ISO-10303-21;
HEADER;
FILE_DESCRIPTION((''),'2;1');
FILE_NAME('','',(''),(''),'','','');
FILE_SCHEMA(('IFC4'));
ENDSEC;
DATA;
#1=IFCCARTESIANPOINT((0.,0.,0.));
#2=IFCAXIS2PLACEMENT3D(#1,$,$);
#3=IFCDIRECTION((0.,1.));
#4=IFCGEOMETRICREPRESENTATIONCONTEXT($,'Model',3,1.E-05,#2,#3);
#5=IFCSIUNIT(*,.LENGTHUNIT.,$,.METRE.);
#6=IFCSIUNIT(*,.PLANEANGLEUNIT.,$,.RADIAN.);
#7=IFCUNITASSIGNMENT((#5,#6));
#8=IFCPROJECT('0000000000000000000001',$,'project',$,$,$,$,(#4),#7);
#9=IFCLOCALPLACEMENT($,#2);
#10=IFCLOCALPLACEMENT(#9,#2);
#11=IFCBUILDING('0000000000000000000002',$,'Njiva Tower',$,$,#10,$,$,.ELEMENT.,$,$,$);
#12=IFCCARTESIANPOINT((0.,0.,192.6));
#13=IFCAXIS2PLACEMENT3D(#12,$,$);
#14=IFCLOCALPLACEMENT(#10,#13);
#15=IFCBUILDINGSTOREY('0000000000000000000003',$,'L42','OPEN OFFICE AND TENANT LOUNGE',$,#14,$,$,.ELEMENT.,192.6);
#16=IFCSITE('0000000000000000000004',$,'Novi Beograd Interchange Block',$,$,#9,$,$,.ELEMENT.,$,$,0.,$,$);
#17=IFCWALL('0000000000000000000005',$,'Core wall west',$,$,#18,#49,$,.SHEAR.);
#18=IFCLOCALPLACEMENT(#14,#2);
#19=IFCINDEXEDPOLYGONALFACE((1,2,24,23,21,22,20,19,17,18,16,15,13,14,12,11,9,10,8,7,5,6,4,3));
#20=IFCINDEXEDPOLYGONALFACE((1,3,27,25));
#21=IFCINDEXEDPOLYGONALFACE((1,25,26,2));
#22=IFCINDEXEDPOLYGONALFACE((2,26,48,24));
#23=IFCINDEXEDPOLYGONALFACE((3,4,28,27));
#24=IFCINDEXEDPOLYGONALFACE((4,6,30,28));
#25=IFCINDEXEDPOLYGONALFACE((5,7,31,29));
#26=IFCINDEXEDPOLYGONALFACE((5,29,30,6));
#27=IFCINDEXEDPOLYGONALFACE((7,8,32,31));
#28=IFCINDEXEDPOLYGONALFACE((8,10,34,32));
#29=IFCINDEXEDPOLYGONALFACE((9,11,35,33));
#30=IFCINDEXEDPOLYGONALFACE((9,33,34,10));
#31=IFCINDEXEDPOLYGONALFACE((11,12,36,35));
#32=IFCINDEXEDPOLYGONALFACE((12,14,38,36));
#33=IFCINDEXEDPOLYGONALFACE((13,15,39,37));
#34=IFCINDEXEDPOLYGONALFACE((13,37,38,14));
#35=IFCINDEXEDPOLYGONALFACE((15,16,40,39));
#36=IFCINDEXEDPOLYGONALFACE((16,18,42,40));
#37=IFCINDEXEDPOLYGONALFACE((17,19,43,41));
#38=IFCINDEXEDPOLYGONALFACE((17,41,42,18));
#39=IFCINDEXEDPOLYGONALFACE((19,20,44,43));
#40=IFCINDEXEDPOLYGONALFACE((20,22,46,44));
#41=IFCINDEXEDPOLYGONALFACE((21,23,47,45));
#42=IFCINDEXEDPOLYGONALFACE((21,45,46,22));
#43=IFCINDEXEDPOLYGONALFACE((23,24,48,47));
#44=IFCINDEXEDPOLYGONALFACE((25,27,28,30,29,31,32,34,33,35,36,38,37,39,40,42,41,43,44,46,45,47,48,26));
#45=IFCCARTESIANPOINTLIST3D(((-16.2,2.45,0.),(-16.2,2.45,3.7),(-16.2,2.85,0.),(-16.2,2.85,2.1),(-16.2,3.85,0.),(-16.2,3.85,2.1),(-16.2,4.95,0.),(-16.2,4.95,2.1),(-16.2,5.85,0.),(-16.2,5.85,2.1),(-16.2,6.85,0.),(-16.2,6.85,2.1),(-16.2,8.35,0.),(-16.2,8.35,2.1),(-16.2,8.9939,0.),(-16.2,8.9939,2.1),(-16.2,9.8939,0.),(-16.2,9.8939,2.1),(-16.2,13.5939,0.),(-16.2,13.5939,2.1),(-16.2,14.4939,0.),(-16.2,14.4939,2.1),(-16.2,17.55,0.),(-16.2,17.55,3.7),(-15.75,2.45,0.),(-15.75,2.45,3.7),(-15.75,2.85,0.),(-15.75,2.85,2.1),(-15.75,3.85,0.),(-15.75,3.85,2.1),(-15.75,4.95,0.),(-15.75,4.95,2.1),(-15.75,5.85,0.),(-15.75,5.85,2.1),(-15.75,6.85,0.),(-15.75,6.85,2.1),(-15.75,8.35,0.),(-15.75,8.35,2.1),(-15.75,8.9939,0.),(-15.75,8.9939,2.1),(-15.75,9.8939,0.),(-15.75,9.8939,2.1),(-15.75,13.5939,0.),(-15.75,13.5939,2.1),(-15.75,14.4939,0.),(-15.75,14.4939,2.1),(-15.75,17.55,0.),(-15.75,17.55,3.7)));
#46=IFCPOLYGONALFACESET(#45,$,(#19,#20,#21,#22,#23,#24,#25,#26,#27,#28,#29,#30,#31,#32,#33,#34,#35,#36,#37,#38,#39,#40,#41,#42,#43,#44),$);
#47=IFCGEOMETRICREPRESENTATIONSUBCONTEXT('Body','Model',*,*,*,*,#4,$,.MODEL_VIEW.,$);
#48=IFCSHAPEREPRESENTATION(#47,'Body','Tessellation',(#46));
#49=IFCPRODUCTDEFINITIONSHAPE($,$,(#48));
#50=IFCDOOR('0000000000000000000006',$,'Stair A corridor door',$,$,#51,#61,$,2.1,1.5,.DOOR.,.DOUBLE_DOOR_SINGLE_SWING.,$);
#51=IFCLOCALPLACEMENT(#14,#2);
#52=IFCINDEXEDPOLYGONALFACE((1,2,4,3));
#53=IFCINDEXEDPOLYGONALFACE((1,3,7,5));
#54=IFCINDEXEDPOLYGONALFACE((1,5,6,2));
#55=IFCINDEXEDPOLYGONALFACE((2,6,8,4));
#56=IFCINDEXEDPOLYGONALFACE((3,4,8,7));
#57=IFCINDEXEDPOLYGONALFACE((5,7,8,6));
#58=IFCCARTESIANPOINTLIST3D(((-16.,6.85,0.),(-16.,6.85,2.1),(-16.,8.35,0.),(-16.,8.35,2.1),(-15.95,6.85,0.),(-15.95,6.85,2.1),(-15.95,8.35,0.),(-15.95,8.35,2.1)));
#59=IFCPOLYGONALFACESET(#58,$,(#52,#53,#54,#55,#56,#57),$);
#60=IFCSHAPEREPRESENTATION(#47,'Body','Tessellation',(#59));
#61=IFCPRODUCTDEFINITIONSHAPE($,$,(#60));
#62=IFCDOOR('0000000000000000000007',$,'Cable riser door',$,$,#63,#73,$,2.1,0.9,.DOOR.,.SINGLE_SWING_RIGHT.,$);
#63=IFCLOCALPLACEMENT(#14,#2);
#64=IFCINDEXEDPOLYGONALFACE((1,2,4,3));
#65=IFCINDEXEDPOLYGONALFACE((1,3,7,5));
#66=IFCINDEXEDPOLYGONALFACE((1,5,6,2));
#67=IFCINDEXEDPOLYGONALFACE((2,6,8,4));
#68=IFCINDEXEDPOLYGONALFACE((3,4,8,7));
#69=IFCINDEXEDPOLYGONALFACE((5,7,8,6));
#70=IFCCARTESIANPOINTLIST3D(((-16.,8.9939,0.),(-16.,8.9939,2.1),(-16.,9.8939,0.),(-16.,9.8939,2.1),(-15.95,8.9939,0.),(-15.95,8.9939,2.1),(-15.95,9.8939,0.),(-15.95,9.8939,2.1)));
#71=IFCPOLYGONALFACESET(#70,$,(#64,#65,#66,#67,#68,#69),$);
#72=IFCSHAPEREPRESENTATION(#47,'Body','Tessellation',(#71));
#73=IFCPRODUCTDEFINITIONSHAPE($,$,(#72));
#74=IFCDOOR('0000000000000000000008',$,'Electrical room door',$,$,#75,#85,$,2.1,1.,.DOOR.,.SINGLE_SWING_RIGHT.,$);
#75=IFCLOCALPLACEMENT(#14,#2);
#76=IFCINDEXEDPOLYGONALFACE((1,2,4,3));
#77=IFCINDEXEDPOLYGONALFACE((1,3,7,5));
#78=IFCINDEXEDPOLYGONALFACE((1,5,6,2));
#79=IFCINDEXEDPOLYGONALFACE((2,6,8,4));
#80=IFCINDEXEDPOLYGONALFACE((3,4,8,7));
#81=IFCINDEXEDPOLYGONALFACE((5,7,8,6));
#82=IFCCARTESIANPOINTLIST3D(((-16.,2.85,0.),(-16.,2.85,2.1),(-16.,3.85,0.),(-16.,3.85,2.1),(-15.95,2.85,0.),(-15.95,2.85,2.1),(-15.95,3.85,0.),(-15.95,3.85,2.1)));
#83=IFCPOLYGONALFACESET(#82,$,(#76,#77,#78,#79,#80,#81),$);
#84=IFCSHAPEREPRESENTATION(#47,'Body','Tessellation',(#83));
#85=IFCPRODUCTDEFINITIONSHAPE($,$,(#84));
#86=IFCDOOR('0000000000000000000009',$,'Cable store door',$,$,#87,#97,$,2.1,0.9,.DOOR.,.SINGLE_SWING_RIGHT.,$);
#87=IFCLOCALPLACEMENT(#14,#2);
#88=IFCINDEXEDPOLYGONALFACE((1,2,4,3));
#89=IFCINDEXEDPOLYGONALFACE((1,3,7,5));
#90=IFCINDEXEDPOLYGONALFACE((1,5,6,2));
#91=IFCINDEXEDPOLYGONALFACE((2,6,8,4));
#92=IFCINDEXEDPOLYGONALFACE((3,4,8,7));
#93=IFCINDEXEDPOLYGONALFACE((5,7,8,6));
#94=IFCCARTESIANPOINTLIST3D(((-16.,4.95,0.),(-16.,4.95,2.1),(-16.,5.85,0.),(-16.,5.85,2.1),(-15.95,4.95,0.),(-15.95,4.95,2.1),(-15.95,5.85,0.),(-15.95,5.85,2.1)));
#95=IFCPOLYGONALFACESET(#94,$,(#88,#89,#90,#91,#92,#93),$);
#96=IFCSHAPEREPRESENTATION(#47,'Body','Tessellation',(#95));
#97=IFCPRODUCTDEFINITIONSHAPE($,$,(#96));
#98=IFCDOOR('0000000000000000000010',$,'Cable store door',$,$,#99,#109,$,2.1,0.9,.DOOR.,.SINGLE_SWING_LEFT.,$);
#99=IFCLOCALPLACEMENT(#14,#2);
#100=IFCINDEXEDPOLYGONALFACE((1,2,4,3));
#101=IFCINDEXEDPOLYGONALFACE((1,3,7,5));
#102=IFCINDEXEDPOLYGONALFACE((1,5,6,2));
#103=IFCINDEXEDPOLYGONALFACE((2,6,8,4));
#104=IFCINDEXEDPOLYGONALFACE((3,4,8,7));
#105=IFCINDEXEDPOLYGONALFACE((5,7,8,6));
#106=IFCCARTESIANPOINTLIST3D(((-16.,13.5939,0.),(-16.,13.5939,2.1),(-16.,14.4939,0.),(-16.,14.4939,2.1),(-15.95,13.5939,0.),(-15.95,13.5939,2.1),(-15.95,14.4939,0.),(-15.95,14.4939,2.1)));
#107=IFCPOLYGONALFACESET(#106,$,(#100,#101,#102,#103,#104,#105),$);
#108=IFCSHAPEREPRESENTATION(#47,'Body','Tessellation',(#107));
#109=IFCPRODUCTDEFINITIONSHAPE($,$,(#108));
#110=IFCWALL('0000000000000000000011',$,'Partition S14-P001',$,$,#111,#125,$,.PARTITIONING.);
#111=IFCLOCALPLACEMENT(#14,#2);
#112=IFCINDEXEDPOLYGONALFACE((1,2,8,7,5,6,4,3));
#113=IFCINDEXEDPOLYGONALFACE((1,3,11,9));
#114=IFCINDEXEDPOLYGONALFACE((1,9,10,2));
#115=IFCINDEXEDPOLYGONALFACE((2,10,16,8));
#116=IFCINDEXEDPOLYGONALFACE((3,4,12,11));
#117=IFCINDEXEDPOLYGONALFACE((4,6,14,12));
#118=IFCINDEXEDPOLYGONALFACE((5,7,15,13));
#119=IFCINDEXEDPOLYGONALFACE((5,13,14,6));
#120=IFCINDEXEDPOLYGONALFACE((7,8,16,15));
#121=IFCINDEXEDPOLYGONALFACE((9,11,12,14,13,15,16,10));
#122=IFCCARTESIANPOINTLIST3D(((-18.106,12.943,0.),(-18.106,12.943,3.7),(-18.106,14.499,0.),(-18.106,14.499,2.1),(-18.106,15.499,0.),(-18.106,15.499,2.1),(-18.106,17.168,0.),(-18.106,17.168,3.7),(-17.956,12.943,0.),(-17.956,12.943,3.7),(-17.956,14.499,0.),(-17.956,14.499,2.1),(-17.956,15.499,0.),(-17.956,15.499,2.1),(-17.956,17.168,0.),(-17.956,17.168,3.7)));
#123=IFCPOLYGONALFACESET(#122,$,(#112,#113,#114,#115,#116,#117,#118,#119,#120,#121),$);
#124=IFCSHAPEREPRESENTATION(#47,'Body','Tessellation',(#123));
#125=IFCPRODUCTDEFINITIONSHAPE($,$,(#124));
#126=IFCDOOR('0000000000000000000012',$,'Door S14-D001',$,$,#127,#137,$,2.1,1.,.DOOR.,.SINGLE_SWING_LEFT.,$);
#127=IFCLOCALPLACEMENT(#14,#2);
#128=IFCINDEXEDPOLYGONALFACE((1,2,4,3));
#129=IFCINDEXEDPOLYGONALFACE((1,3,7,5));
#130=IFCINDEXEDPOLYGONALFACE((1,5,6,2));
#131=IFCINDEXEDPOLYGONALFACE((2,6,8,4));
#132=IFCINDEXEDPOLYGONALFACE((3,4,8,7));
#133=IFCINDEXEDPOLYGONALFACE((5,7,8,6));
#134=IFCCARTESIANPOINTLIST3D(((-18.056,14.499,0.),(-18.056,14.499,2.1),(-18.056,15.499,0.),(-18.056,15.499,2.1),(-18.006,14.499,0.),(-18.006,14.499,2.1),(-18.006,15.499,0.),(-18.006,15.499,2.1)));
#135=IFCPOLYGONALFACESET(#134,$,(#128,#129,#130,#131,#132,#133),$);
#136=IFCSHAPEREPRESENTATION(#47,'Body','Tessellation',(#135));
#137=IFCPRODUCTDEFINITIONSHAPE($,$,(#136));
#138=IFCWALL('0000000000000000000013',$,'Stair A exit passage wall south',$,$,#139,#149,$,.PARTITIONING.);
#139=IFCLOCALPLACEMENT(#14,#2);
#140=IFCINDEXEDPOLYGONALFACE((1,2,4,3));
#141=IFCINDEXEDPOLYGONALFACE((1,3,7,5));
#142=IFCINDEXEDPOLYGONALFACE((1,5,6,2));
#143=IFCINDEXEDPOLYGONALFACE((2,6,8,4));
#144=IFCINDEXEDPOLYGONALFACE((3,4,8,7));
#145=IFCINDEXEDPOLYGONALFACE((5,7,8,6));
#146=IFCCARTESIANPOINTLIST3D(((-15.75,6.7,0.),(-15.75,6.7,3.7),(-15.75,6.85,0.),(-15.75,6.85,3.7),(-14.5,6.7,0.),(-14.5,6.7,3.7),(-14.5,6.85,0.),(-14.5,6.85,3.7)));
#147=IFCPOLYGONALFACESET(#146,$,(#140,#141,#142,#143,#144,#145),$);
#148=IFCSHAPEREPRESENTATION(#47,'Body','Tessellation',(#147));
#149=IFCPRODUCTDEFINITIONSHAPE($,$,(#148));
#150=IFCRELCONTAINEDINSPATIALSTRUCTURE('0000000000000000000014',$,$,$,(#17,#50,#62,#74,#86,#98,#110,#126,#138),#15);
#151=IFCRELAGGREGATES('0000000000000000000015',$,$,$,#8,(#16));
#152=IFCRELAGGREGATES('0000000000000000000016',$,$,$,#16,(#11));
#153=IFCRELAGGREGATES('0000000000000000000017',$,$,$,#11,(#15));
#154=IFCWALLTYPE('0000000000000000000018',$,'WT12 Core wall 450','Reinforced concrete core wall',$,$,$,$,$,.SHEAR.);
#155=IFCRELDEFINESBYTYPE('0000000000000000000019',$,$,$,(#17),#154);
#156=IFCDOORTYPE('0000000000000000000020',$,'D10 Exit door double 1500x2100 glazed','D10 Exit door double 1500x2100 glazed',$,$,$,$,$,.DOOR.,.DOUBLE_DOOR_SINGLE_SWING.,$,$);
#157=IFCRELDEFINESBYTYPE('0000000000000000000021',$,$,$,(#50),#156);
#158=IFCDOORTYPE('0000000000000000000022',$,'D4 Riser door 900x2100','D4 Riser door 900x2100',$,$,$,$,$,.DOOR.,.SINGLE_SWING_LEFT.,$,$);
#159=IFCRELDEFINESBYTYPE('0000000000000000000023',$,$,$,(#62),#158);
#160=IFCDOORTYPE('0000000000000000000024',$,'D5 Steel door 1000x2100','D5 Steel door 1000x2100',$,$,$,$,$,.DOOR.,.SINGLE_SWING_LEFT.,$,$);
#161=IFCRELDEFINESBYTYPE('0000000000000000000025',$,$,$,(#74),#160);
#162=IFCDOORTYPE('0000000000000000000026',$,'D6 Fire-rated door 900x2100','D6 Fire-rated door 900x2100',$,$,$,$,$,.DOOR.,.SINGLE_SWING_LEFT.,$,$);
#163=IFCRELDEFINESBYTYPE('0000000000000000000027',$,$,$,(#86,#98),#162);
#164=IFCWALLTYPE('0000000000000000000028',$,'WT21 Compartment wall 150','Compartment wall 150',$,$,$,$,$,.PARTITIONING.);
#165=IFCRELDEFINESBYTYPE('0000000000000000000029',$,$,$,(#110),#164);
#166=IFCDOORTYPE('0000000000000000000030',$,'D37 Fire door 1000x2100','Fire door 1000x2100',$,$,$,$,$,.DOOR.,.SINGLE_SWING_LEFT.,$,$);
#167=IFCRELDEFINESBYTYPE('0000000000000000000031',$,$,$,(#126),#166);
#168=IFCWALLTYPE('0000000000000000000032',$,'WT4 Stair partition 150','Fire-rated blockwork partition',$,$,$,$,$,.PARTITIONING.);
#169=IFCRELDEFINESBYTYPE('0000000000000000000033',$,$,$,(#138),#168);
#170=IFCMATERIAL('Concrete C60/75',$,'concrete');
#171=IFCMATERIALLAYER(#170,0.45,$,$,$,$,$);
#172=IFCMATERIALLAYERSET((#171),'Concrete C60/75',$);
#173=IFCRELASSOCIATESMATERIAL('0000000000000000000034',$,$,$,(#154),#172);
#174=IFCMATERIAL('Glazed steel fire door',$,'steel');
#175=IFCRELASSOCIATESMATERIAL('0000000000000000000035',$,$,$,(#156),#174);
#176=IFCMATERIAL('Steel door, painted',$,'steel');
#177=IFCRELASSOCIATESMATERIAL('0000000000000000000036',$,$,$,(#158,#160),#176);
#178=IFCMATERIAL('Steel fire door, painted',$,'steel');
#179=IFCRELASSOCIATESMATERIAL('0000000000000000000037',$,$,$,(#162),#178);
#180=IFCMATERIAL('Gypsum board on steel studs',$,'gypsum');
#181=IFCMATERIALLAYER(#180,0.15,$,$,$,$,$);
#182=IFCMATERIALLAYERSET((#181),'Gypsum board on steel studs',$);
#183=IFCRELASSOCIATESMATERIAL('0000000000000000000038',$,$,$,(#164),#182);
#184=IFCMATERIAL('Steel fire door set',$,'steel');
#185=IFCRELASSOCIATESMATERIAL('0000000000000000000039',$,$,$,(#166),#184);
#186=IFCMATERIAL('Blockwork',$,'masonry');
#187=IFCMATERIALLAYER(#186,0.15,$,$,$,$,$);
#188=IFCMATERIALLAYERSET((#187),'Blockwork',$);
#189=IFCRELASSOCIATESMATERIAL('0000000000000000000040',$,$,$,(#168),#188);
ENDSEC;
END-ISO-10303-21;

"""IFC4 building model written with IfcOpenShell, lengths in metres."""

from ifc_helpers import new_model, si_unit, direction, frame, frame_2d, origin, place, context, subcontext, project, spatial, rectangle, extrude, material, layer, layer_set, type_object, element, fill, save


model = new_model("IFC4")

# Units and contexts
model_context = context("Model", 3, precision=1e-05, world=origin(), true_north=direction((0.0, 1.0)))
body_context = subcontext(model_context, "Body", "Model", "MODEL_VIEW")
ifc_project = project(units=[si_unit("LENGTHUNIT", "METRE"), si_unit("PLANEANGLEUNIT", "RADIAN")], contexts=[model_context])

# Site, building, storey
site_placement = place(None, origin())
site = spatial("IfcSite", under=ifc_project, at=site_placement, Name="Novi Beograd Interchange Block", CompositionType="ELEMENT", RefElevation=0.0)
building_placement = place(site_placement, origin())
building = spatial("IfcBuilding", under=site, at=building_placement, Name="Njiva Tower", CompositionType="ELEMENT")
storey_placement = place(building_placement, frame((0.0, 0.0, 192.6)))
storey = spatial("IfcBuildingStorey", under=building, at=storey_placement, Name="L42", Description="OPEN OFFICE AND TENANT LOUNGE", CompositionType="ELEMENT", Elevation=192.6)

# Shared definitions
ifc_material_1 = material(Name="Blockwork", Category="masonry")

# Wall, openings, doors
ifc_material_2 = material(Name="Concrete C60/75", Category="concrete")
ifc_layer_1 = layer(ifc_material_2, 0.45)
ifc_layer_set_1 = layer_set([ifc_layer_1], Name="Concrete C60/75")
wall_type_1 = type_object("IfcWallType", Name="WT12 Core wall 450", Description="Reinforced concrete core wall", PredefinedType="SHEAR", material=ifc_layer_set_1)
wall_1_placement = place(storey_placement, frame((-15.975, 2.45, 0.0), z_axis=(0.0, 0.0, 1.0), x_axis=(0.0, 1.0, 0.0)))
wall_1 = element("IfcWall", 1, at=wall_1_placement, inside=storey, type_object=wall_type_1, Name="Core wall west", PredefinedType="SHEAR", context=body_context, shape_type="SweptSolid", body=[
    extrude(rectangle(XDim=15.1, YDim=0.45, at=frame_2d((7.55, 0.0))), origin(), (0.0, 0.0, 1.0), 3.7),
])
opening_1_placement = place(wall_1_placement, frame((4.4, 0.0, 0.0)))
opening_1 = element("IfcOpeningElement", 2, at=opening_1_placement, cuts=wall_1, PredefinedType="OPENING", context=body_context, shape_type="SweptSolid", body=[
    extrude(rectangle(XDim=1.5, YDim=2.1, at=frame_2d((0.75, 1.05))), frame((0.0, 0.235, 0.0), z_axis=(0.0, -1.0, 0.0), x_axis=(1.0, 0.0, 0.0)), (0.0, 0.0, 1.0), 0.47),
])
opening_2_placement = place(wall_1_placement, frame((0.4, 0.0, 0.0)))
opening_2 = element("IfcOpeningElement", 3, at=opening_2_placement, cuts=wall_1, PredefinedType="OPENING", context=body_context, shape_type="SweptSolid", body=[
    extrude(rectangle(XDim=1.0, YDim=2.1, at=frame_2d((0.5, 1.05))), frame((0.0, 0.235, 0.0), z_axis=(0.0, -1.0, 0.0), x_axis=(1.0, 0.0, 0.0)), (0.0, 0.0, 1.0), 0.47),
])
opening_3_placement = place(wall_1_placement, frame((2.5, 0.0, 0.0)))
opening_3 = element("IfcOpeningElement", 4, at=opening_3_placement, cuts=wall_1, PredefinedType="OPENING", context=body_context, shape_type="SweptSolid", body=[
    extrude(rectangle(XDim=0.9, YDim=2.1, at=frame_2d((0.45, 1.05))), frame((0.0, 0.235, 0.0), z_axis=(0.0, -1.0, 0.0), x_axis=(1.0, 0.0, 0.0)), (0.0, 0.0, 1.0), 0.47),
])
opening_4_placement = place(wall_1_placement, frame((6.5439, 0.0, 0.0)))
opening_4 = element("IfcOpeningElement", 5, at=opening_4_placement, cuts=wall_1, PredefinedType="OPENING", context=body_context, shape_type="SweptSolid", body=[
    extrude(rectangle(XDim=0.9, YDim=2.1, at=frame_2d((0.45, 1.05))), frame((0.0, 0.235, 0.0), z_axis=(0.0, -1.0, 0.0), x_axis=(1.0, 0.0, 0.0)), (0.0, 0.0, 1.0), 0.47),
])
opening_5_placement = place(wall_1_placement, frame((11.1439, 0.0, 0.0)))
opening_5 = element("IfcOpeningElement", 6, at=opening_5_placement, cuts=wall_1, PredefinedType="OPENING", context=body_context, shape_type="SweptSolid", body=[
    extrude(rectangle(XDim=0.9, YDim=2.1, at=frame_2d((0.45, 1.05))), frame((0.0, 0.235, 0.0), z_axis=(0.0, -1.0, 0.0), x_axis=(1.0, 0.0, 0.0)), (0.0, 0.0, 1.0), 0.47),
])
ifc_material_3 = material(Name="Glazed steel fire door", Category="steel")
door_type_1 = type_object("IfcDoorType", Name="D10 Exit door double 1500x2100 glazed", Description="D10 Exit door double 1500x2100 glazed", OperationType="DOUBLE_DOOR_SINGLE_SWING", PredefinedType="DOOR", material=ifc_material_3)
door_1_placement = place(opening_1_placement, origin())
door_1 = element("IfcDoor", 7, at=door_1_placement, inside=storey, type_object=door_type_1, Name="Stair A corridor door", OperationType="DOUBLE_DOOR_SINGLE_SWING", OverallHeight=2.1, OverallWidth=1.5, PredefinedType="DOOR", context=body_context, shape_type="SweptSolid", body=[
    extrude(rectangle(XDim=1.5, YDim=2.1, at=frame_2d((0.75, 1.05))), frame((0.0, 0.025, 0.0), z_axis=(0.0, -1.0, 0.0), x_axis=(1.0, 0.0, 0.0)), (0.0, 0.0, 1.0), 0.05),
])
fill(opening_1, door_1)
ifc_material_4 = material(Name="Steel door, painted", Category="steel")
door_type_2 = type_object("IfcDoorType", Name="D4 Riser door 900x2100", Description="D4 Riser door 900x2100", OperationType="SINGLE_SWING_LEFT", PredefinedType="DOOR", material=ifc_material_4)
door_2_placement = place(opening_4_placement, origin())
door_2 = element("IfcDoor", 8, at=door_2_placement, inside=storey, type_object=door_type_2, Name="Cable riser door", OperationType="SINGLE_SWING_RIGHT", OverallHeight=2.1, OverallWidth=0.9, PredefinedType="DOOR", context=body_context, shape_type="SweptSolid", body=[
    extrude(rectangle(XDim=0.9, YDim=2.1, at=frame_2d((0.45, 1.05))), frame((0.0, 0.025, 0.0), z_axis=(0.0, -1.0, 0.0), x_axis=(1.0, 0.0, 0.0)), (0.0, 0.0, 1.0), 0.05),
])
fill(opening_4, door_2)
door_type_3 = type_object("IfcDoorType", Name="D5 Steel door 1000x2100", Description="D5 Steel door 1000x2100", OperationType="SINGLE_SWING_LEFT", PredefinedType="DOOR", material=ifc_material_4)
door_3_placement = place(opening_2_placement, origin())
door_3 = element("IfcDoor", 9, at=door_3_placement, inside=storey, type_object=door_type_3, Name="Electrical room door", OperationType="SINGLE_SWING_RIGHT", OverallHeight=2.1, OverallWidth=1.0, PredefinedType="DOOR", context=body_context, shape_type="SweptSolid", body=[
    extrude(rectangle(XDim=1.0, YDim=2.1, at=frame_2d((0.5, 1.05))), frame((0.0, 0.025, 0.0), z_axis=(0.0, -1.0, 0.0), x_axis=(1.0, 0.0, 0.0)), (0.0, 0.0, 1.0), 0.05),
])
fill(opening_2, door_3)
ifc_material_5 = material(Name="Steel fire door, painted", Category="steel")
door_type_4 = type_object("IfcDoorType", Name="D6 Fire-rated door 900x2100", Description="D6 Fire-rated door 900x2100", OperationType="SINGLE_SWING_LEFT", PredefinedType="DOOR", material=ifc_material_5)
door_4_placement = place(opening_3_placement, origin())
door_4 = element("IfcDoor", 10, at=door_4_placement, inside=storey, type_object=door_type_4, Name="Cable store door", OperationType="SINGLE_SWING_RIGHT", OverallHeight=2.1, OverallWidth=0.9, PredefinedType="DOOR", context=body_context, shape_type="SweptSolid", body=[
    extrude(rectangle(XDim=0.9, YDim=2.1, at=frame_2d((0.45, 1.05))), frame((0.0, 0.025, 0.0), z_axis=(0.0, -1.0, 0.0), x_axis=(1.0, 0.0, 0.0)), (0.0, 0.0, 1.0), 0.05),
])
fill(opening_3, door_4)
door_5_placement = place(opening_5_placement, origin())
door_5 = element("IfcDoor", 11, at=door_5_placement, inside=storey, type_object=door_type_4, Name="Cable store door", OperationType="SINGLE_SWING_LEFT", OverallHeight=2.1, OverallWidth=0.9, PredefinedType="DOOR", context=body_context, shape_type="SweptSolid", body=[
    extrude(rectangle(XDim=0.9, YDim=2.1, at=frame_2d((0.45, 1.05))), frame((0.0, 0.025, 0.0), z_axis=(0.0, -1.0, 0.0), x_axis=(1.0, 0.0, 0.0)), (0.0, 0.0, 1.0), 0.05),
])
fill(opening_5, door_5)

# Wall, opening, door
ifc_material_6 = material(Name="Gypsum board on steel studs", Category="gypsum")
ifc_layer_2 = layer(ifc_material_6, 0.15)
ifc_layer_set_2 = layer_set([ifc_layer_2], Name="Gypsum board on steel studs")
wall_type_2 = type_object("IfcWallType", Name="WT21 Compartment wall 150", Description="Compartment wall 150", PredefinedType="PARTITIONING", material=ifc_layer_set_2)
wall_2_placement = place(storey_placement, frame((-18.031, 12.943, 0.0), z_axis=(0.0, 0.0, 1.0), x_axis=(0.0, 1.0, 0.0)))
wall_2 = element("IfcWall", 12, at=wall_2_placement, inside=storey, type_object=wall_type_2, Name="Partition S14-P001", PredefinedType="PARTITIONING", context=body_context, shape_type="SweptSolid", body=[
    extrude(rectangle(XDim=4.225, YDim=0.15, at=frame_2d((2.1125, 0.0))), origin(), (0.0, 0.0, 1.0), 3.7),
])
opening_6_placement = place(wall_2_placement, frame((1.556, 0.0, 0.0)))
opening_6 = element("IfcOpeningElement", 13, at=opening_6_placement, cuts=wall_2, PredefinedType="OPENING", context=body_context, shape_type="SweptSolid", body=[
    extrude(rectangle(XDim=1.0, YDim=2.1, at=frame_2d((0.5, 1.05))), frame((0.0, 0.085, 0.0), z_axis=(0.0, -1.0, 0.0), x_axis=(1.0, 0.0, 0.0)), (0.0, 0.0, 1.0), 0.17),
])
ifc_material_7 = material(Name="Steel fire door set", Category="steel")
door_type_5 = type_object("IfcDoorType", Name="D37 Fire door 1000x2100", Description="Fire door 1000x2100", OperationType="SINGLE_SWING_LEFT", PredefinedType="DOOR", material=ifc_material_7)
door_6_placement = place(opening_6_placement, origin())
door_6 = element("IfcDoor", 14, at=door_6_placement, inside=storey, type_object=door_type_5, Name="Door S14-D001", OperationType="SINGLE_SWING_LEFT", OverallHeight=2.1, OverallWidth=1.0, PredefinedType="DOOR", context=body_context, shape_type="SweptSolid", body=[
    extrude(rectangle(XDim=1.0, YDim=2.1, at=frame_2d((0.5, 1.05))), frame((0.0, 0.025, 0.0), z_axis=(0.0, -1.0, 0.0), x_axis=(1.0, 0.0, 0.0)), (0.0, 0.0, 1.0), 0.05),
])
fill(opening_6, door_6)

# Wall
ifc_layer_3 = layer(ifc_material_1, 0.15)
ifc_layer_set_3 = layer_set([ifc_layer_3], Name="Blockwork")
wall_type_3 = type_object("IfcWallType", Name="WT4 Stair partition 150", Description="Fire-rated blockwork partition", PredefinedType="PARTITIONING", material=ifc_layer_set_3)
wall_3_placement = place(storey_placement, frame((-15.75, 6.775, 0.0), z_axis=(0.0, 0.0, 1.0), x_axis=(1.0, 0.0, 0.0)))
element("IfcWall", 15, at=wall_3_placement, inside=storey, type_object=wall_type_3, Name="Stair A exit passage wall south", PredefinedType="PARTITIONING", context=body_context, shape_type="SweptSolid", body=[
    extrude(rectangle(XDim=1.25, YDim=0.15, at=frame_2d((0.625, 0.0))), origin(), (0.0, 0.0, 1.0), 3.7),
])

save(model, "model.ifc")
